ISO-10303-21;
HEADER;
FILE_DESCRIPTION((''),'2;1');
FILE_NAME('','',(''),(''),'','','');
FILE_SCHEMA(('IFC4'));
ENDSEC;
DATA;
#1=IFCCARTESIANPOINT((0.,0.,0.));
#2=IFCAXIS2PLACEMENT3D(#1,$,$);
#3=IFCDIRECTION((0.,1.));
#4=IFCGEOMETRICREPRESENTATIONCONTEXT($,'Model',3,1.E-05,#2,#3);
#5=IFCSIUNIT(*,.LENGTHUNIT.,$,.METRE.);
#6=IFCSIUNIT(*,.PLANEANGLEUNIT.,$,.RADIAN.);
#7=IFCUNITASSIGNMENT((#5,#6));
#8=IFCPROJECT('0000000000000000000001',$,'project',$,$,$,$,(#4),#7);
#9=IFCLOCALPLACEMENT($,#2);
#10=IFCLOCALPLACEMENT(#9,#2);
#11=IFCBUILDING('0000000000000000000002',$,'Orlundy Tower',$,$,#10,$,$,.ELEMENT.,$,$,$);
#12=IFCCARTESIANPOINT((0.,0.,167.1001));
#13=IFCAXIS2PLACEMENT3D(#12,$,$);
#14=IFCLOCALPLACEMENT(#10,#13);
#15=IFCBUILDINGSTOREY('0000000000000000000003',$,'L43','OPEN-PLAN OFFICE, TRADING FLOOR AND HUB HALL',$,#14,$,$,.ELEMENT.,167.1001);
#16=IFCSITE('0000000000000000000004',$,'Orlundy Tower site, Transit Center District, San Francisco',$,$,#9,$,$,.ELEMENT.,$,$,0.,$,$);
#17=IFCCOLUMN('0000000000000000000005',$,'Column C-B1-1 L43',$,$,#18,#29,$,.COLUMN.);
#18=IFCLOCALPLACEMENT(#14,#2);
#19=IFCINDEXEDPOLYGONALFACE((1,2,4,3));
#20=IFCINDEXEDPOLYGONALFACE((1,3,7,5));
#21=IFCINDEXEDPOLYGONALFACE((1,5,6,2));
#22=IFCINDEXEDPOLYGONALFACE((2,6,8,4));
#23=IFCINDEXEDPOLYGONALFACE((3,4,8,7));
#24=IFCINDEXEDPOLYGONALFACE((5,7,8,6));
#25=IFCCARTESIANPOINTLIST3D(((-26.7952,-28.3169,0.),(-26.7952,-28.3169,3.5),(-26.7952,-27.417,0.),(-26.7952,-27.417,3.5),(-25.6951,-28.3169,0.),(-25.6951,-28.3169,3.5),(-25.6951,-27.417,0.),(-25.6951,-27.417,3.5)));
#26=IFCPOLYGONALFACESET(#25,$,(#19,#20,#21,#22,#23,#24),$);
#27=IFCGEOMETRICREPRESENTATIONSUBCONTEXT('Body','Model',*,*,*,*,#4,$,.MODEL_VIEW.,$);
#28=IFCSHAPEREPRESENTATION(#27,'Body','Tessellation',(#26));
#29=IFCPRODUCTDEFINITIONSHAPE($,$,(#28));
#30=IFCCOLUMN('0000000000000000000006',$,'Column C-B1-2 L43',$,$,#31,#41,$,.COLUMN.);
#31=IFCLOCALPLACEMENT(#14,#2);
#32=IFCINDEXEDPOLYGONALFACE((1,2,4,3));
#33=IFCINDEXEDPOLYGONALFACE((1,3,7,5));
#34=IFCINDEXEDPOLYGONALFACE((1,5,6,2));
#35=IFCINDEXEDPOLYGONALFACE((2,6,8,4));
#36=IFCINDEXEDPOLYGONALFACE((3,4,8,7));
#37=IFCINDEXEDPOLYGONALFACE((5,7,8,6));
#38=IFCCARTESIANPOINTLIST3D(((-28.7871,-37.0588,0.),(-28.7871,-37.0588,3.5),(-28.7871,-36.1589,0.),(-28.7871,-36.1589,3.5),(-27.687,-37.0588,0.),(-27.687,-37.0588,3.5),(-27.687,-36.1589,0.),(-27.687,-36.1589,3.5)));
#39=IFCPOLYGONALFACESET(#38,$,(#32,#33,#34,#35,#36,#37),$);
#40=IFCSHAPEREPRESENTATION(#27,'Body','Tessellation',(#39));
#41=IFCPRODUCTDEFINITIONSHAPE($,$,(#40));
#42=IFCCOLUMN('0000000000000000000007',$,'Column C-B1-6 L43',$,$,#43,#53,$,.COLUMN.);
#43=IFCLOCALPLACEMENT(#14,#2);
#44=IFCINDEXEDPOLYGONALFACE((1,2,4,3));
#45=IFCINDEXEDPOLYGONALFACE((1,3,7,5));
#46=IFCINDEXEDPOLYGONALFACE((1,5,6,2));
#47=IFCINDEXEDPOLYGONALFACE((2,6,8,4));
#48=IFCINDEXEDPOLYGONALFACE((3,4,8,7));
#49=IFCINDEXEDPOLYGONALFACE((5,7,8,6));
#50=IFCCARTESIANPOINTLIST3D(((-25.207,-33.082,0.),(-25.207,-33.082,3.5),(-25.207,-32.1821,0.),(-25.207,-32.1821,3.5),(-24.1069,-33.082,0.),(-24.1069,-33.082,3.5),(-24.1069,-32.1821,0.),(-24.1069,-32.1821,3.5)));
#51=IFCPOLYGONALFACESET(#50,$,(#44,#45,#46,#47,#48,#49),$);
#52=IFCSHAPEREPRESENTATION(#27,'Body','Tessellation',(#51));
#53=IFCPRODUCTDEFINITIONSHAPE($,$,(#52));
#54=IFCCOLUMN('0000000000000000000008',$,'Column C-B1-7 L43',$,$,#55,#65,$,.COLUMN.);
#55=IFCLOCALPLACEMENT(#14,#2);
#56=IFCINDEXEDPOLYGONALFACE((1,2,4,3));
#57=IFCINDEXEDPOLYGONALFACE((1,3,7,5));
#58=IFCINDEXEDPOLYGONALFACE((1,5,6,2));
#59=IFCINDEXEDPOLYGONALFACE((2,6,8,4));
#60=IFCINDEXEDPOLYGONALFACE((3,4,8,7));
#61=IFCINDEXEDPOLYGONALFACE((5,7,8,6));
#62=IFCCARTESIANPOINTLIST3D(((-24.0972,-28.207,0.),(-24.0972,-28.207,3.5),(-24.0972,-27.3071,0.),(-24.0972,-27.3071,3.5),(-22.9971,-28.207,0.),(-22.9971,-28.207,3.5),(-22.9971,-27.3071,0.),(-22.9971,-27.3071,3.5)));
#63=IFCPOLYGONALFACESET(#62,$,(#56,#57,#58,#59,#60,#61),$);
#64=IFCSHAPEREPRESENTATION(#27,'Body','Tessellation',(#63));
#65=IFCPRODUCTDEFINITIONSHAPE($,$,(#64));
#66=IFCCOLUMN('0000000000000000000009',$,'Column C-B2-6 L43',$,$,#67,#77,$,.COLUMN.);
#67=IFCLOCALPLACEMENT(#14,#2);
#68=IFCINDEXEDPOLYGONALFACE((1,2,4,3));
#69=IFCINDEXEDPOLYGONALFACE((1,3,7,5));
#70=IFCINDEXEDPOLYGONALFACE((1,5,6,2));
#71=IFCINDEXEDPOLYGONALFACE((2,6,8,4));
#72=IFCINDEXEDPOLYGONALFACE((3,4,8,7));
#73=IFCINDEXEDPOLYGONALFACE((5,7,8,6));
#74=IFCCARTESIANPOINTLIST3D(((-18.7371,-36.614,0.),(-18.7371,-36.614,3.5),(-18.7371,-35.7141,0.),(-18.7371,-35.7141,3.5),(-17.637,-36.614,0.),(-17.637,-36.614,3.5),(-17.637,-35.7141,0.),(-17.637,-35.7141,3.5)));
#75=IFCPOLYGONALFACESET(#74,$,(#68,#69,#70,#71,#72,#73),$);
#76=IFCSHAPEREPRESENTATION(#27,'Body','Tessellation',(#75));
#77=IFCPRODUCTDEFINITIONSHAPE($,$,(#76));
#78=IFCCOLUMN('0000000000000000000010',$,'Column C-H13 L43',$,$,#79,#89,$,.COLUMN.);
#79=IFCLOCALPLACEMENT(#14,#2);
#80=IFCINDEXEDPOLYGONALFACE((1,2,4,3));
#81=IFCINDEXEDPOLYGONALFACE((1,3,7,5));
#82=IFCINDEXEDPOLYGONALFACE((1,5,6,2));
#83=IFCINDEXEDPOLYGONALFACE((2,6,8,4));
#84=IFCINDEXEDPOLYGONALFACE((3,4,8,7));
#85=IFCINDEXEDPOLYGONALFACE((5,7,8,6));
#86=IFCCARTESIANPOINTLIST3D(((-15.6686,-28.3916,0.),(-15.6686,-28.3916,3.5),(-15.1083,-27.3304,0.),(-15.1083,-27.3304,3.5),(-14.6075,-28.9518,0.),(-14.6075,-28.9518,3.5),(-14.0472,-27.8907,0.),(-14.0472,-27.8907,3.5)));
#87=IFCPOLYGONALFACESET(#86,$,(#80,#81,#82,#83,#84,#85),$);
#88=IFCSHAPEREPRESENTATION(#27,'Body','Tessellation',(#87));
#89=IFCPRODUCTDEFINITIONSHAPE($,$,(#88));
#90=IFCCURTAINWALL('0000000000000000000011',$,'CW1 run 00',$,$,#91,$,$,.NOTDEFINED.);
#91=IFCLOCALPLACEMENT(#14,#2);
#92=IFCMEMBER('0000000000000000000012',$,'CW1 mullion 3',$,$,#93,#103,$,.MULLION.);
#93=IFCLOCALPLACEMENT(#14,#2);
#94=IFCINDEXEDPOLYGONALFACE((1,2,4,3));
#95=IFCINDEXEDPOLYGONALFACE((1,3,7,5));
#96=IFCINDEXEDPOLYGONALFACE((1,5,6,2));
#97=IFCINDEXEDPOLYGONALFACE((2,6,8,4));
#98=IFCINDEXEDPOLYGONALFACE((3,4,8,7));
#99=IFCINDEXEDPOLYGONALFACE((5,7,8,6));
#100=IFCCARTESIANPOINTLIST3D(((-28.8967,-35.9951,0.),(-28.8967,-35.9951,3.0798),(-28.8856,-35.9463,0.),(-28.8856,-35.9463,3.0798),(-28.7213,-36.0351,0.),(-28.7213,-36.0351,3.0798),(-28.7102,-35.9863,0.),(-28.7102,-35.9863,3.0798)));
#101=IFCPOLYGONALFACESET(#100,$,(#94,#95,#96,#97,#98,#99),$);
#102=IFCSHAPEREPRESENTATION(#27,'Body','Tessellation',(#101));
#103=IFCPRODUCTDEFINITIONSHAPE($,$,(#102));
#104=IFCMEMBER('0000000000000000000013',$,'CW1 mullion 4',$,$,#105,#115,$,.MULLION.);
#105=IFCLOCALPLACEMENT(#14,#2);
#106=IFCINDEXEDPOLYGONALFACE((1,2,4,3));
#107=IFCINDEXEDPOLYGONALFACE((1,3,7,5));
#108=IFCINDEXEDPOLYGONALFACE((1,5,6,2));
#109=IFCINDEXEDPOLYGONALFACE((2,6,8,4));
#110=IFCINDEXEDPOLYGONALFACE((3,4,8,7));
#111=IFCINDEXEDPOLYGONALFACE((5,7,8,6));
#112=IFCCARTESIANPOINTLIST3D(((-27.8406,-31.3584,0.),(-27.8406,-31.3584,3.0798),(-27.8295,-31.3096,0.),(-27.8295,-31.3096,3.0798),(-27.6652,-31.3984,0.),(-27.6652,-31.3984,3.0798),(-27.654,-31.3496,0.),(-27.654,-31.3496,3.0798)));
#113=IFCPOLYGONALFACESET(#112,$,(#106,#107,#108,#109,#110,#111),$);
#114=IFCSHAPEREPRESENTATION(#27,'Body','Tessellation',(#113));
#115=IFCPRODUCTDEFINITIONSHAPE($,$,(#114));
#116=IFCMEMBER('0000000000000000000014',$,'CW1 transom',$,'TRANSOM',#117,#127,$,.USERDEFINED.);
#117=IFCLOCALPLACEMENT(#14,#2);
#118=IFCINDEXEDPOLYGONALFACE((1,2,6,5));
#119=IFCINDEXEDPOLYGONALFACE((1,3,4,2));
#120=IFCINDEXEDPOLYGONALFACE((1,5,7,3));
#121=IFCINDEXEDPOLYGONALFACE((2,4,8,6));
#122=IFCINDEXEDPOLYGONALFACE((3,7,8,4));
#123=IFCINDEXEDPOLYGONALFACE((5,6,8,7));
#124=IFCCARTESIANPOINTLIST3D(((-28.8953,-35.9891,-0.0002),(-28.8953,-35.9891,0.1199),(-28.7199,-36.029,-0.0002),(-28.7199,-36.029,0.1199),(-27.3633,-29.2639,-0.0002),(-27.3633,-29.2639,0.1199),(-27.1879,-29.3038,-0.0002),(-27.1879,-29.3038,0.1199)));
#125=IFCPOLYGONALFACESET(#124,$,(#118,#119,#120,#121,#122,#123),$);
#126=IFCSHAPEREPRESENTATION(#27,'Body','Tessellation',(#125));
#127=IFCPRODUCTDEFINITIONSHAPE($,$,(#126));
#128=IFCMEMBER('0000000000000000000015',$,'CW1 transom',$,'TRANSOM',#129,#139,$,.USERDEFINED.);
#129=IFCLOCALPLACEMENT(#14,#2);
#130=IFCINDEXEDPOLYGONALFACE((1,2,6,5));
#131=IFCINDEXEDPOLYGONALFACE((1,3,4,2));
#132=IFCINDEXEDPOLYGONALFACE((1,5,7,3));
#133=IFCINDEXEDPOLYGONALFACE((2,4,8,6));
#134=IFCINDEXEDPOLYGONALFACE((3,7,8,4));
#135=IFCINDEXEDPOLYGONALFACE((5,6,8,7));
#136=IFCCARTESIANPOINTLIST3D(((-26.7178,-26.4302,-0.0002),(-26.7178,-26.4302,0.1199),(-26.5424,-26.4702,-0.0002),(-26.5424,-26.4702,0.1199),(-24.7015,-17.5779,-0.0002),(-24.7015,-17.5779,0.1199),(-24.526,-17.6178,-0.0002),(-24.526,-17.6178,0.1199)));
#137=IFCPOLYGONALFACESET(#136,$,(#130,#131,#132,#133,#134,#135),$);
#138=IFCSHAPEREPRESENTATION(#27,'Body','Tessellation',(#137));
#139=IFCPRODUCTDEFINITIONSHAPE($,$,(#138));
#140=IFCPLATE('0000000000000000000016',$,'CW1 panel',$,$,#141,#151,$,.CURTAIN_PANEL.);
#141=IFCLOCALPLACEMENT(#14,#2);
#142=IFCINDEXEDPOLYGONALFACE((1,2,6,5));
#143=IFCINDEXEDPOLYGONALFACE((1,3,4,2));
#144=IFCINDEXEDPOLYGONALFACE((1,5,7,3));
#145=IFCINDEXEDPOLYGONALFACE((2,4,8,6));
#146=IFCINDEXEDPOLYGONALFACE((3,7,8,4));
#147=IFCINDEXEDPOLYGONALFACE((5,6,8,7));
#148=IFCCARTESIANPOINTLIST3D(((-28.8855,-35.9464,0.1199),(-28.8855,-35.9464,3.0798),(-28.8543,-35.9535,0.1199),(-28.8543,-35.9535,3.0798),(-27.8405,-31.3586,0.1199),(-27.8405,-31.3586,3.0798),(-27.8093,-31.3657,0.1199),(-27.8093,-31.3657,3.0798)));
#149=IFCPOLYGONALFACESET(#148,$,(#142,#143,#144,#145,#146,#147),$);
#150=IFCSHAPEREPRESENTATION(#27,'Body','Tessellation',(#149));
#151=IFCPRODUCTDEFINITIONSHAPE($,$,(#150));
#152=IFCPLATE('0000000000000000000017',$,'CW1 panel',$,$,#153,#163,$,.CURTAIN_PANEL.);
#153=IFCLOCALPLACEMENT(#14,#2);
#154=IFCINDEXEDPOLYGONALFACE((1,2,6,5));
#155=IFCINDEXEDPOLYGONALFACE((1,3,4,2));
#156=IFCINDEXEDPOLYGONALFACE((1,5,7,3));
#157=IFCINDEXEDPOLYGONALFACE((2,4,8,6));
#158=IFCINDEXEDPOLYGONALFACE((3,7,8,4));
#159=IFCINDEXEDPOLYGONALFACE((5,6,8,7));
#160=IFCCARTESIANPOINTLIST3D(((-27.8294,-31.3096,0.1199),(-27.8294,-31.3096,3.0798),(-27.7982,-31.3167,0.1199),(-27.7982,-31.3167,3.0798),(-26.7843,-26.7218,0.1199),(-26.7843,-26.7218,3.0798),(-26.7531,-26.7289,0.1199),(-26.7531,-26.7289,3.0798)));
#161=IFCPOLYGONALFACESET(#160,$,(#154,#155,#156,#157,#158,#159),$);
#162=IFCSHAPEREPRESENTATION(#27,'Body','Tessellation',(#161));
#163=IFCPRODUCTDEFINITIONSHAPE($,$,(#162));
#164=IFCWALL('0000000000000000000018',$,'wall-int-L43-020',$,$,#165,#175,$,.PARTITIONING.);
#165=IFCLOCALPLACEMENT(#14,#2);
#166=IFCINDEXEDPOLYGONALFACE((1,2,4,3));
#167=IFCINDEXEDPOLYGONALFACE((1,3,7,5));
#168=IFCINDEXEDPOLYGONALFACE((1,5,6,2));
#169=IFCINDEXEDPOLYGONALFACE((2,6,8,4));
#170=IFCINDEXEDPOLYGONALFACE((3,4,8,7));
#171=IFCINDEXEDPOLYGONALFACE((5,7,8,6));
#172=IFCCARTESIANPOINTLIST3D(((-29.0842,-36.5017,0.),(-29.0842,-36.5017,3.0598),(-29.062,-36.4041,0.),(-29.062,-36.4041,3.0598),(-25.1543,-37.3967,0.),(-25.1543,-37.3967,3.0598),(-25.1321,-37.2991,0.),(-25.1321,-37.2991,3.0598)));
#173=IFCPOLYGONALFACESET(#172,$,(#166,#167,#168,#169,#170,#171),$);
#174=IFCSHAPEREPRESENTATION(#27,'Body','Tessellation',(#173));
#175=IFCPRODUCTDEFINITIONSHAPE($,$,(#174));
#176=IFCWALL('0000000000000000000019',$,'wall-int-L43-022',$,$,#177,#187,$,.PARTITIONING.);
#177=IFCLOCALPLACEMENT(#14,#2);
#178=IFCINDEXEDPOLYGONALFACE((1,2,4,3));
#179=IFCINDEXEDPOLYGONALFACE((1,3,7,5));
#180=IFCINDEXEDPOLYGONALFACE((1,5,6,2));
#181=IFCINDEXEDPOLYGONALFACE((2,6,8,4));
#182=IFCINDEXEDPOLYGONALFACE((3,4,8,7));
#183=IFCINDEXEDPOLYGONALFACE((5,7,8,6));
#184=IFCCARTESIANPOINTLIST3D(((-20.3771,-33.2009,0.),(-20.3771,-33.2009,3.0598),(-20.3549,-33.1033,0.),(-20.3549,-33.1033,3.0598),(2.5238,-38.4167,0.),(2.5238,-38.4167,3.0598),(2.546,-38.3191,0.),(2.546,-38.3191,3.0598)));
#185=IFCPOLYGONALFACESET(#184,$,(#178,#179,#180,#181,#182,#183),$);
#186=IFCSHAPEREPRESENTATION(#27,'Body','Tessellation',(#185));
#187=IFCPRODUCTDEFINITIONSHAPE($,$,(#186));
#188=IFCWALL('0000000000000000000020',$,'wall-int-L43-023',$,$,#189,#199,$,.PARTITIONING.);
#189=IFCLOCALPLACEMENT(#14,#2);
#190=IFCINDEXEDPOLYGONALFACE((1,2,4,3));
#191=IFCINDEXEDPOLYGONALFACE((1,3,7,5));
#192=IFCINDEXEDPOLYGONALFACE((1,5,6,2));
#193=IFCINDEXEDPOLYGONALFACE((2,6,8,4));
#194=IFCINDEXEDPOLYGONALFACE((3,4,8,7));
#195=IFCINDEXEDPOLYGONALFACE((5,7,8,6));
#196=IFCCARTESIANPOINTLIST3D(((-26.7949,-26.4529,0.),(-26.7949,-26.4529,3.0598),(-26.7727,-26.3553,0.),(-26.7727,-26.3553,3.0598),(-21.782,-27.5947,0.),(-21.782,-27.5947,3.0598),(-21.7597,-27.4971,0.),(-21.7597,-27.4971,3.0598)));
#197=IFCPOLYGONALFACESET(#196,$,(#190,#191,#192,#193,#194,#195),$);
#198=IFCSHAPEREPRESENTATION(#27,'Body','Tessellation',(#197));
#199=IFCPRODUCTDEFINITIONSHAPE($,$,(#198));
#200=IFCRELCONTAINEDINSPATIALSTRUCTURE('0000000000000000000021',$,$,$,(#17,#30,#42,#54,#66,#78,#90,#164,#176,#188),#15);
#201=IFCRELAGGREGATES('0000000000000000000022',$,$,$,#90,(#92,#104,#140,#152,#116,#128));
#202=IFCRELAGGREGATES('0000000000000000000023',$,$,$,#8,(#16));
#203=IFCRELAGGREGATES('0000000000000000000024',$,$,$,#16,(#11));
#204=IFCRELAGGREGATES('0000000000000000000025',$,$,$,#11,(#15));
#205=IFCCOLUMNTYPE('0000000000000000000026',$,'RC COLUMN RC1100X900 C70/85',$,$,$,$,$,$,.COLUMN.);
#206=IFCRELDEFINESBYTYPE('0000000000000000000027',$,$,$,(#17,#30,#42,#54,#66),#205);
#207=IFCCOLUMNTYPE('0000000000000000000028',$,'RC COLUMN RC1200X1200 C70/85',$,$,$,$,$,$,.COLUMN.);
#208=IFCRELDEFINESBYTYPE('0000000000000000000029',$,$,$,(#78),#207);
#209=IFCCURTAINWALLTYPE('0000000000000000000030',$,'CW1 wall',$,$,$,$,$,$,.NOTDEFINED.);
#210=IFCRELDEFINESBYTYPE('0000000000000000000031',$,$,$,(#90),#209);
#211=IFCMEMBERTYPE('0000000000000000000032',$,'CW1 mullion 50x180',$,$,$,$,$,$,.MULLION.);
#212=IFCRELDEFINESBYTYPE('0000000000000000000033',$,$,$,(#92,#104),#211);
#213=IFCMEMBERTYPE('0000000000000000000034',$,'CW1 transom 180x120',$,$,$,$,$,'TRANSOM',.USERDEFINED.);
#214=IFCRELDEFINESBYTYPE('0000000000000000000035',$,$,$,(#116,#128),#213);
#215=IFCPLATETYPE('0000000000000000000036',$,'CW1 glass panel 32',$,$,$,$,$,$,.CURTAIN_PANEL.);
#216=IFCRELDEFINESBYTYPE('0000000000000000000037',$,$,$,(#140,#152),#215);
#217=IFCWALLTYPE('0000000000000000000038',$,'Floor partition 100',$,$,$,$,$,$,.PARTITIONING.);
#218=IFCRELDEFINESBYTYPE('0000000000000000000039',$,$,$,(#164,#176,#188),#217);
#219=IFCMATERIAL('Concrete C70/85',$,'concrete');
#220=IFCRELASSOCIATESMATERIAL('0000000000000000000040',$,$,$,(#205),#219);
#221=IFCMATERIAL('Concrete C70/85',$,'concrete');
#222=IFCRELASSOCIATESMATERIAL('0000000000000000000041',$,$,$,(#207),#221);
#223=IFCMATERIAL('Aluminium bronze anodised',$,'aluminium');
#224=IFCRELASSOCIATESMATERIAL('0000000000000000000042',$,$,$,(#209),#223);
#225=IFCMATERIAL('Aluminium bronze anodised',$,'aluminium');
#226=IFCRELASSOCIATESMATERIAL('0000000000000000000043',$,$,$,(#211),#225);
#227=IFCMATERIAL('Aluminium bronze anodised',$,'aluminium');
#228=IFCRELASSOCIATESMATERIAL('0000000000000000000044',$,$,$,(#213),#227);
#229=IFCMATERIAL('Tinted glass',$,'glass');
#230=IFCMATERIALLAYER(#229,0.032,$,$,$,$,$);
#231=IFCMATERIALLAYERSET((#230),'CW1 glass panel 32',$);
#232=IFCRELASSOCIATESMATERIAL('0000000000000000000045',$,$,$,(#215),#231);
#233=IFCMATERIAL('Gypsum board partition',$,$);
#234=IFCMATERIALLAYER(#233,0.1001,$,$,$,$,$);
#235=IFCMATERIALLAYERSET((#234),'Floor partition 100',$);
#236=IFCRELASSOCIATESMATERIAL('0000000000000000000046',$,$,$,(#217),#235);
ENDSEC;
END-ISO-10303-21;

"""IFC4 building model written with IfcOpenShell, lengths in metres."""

from ifc_helpers import new_model, si_unit, direction, frame, frame_2d, origin, origin_2d, place, context, subcontext, project, spatial, rectangle, extrude, material, layer, layer_set, material_profile, profile_set, type_object, element, aggregate, save


model = new_model("IFC4")

# Units and contexts
model_context = context("Model", 3, precision=1e-05, world=origin(), true_north=direction((0.0, 1.0)))
body_context = subcontext(model_context, "Body", "Model", "MODEL_VIEW")
ifc_project = project(units=[si_unit("LENGTHUNIT", "METRE"), si_unit("PLANEANGLEUNIT", "RADIAN")], contexts=[model_context])

# Site, building, storey
site_placement = place(None, origin())
site = spatial("IfcSite", under=ifc_project, at=site_placement, Name="Orlundy Tower site, Transit Center District, San Francisco", CompositionType="ELEMENT", RefElevation=0.0)
building_placement = place(site_placement, origin())
building = spatial("IfcBuilding", under=site, at=building_placement, Name="Orlundy Tower", CompositionType="ELEMENT")
storey_placement = place(building_placement, frame((0.0, 0.0, 167.1001)))
storey = spatial("IfcBuildingStorey", under=building, at=storey_placement, Name="L43", Description="OPEN-PLAN OFFICE, TRADING FLOOR AND HUB HALL", CompositionType="ELEMENT", Elevation=167.1001)

# Columns
ifc_material_1 = material(Name="Concrete C70/85", Category="concrete")
ifc_material_profile_1 = material_profile(ifc_material_1, rectangle(XDim=1.1001, YDim=0.8999, at=origin_2d()), Name="RC1100X900")
ifc_profile_set_1 = profile_set([ifc_material_profile_1], Name="Concrete C70/85")
column_type_1 = type_object("IfcColumnType", Name="RC COLUMN RC1100X900 C70/85", PredefinedType="COLUMN", material=ifc_profile_set_1)
for number, where, z_axis, x_axis, name in (
    (1, (-26.2451, -27.8669, 0.0), (0.0, 0.0, 1.0), (1.0, 0.0, 0.0), "Column C-B1-1 L43"),
    (2, (-28.2371, -36.6089, 0.0), (0.0, 0.0, 1.0), (1.0, 0.0, 0.0), "Column C-B1-2 L43"),
    (3, (-24.657, -32.6321, 0.0), (0.0, 0.0, 1.0), (1.0, 0.0, 0.0), "Column C-B1-6 L43"),
    (4, (-23.5471, -27.7571, 0.0), (0.0, 0.0, 1.0), (1.0, 0.0, 0.0), "Column C-B1-7 L43"),
    (5, (-18.187, -36.1641, 0.0), (0.0, 0.0, 1.0), (1.0, 0.0, 0.0), "Column C-B2-6 L43"),
):
    element("IfcColumn", number, at=place(storey_placement, frame(where, z_axis=z_axis, x_axis=x_axis)), inside=storey, type_object=column_type_1, Name=name, PredefinedType="COLUMN", context=body_context, shape_type="SweptSolid", body=[
        extrude(rectangle(XDim=1.1001, YDim=0.8999, at=origin_2d()), origin(), (0.0, 0.0, 1.0), 3.5),
    ])
ifc_material_2 = material(Name="Concrete C70/85", Category="concrete")
ifc_material_profile_2 = material_profile(ifc_material_2, rectangle(XDim=1.2, YDim=1.2, at=origin_2d()), Name="RC1200X1200")
ifc_profile_set_2 = profile_set([ifc_material_profile_2], Name="Concrete C70/85")
column_type_2 = type_object("IfcColumnType", Name="RC COLUMN RC1200X1200 C70/85", PredefinedType="COLUMN", material=ifc_profile_set_2)
column_placement = place(storey_placement, frame((-14.8579, -28.1411, 0.0), z_axis=(0.0, 0.0, 1.0), x_axis=(-0.466896, -0.884312, 0.0)))
element("IfcColumn", 6, at=column_placement, inside=storey, type_object=column_type_2, Name="Column C-H13 L43", PredefinedType="COLUMN", context=body_context, shape_type="SweptSolid", body=[
    extrude(rectangle(XDim=1.2, YDim=1.2, at=origin_2d()), origin(), (0.0, 0.0, 1.0), 3.5),
])

# Curtain wall, members, plates
ifc_material_3 = material(Name="Aluminium bronze anodised", Category="aluminium")
curtain_wall_type = type_object("IfcCurtainWallType", Name="CW1 wall", PredefinedType="NOTDEFINED", material=ifc_material_3)
curtain_wall_placement = place(storey_placement, origin())
curtain_wall = element("IfcCurtainWall", 7, at=curtain_wall_placement, inside=storey, type_object=curtain_wall_type, Name="CW1 run 00", PredefinedType="NOTDEFINED")
ifc_material_4 = material(Name="Aluminium bronze anodised", Category="aluminium")
ifc_material_profile_3 = material_profile(ifc_material_4, rectangle(XDim=0.1799, YDim=0.05, at=origin_2d()), Name="CW1 mullion 50x180")
ifc_profile_set_3 = profile_set([ifc_material_profile_3], Name="Aluminium bronze anodised")
member_type_1 = type_object("IfcMemberType", Name="CW1 mullion 50x180", PredefinedType="MULLION", material=ifc_profile_set_3)
member_1_placement = place(storey_placement, frame((-28.8035, -35.9907, 0.0), z_axis=(0.0, 0.0, 1.0), x_axis=(-0.975025, 0.222097, 0.0)))
member_1 = element("IfcMember", 8, at=member_1_placement, type_object=member_type_1, Name="CW1 mullion 3", PredefinedType="MULLION", context=body_context, shape_type="SweptSolid", body=[
    extrude(rectangle(XDim=0.1799, YDim=0.05, at=origin_2d()), origin(), (0.0, 0.0, 1.0), 3.0798),
])
member_2_placement = place(storey_placement, frame((-27.7473, -31.354, 0.0), z_axis=(0.0, 0.0, 1.0), x_axis=(-0.975025, 0.222097, 0.0)))
member_2 = element("IfcMember", 9, at=member_2_placement, type_object=member_type_1, Name="CW1 mullion 4", PredefinedType="MULLION", context=body_context, shape_type="SweptSolid", body=[
    extrude(rectangle(XDim=0.1799, YDim=0.05, at=origin_2d()), origin(), (0.0, 0.0, 1.0), 3.0798),
])
ifc_material_5 = material(Name="Aluminium bronze anodised", Category="aluminium")
ifc_material_profile_4 = material_profile(ifc_material_5, rectangle(XDim=0.1799, YDim=0.1201, at=origin_2d()), Name="CW1 transom 180x120")
ifc_profile_set_4 = profile_set([ifc_material_profile_4], Name="Aluminium bronze anodised")
member_type_2 = type_object("IfcMemberType", Name="CW1 transom 180x120", ElementType="TRANSOM", PredefinedType="USERDEFINED", material=ifc_profile_set_4)
member_3_placement = place(storey_placement, frame((-28.8076, -36.009, 0.0598), z_axis=(0.222111, 0.975021, 0.0), x_axis=(-0.975021, 0.222111, 0.0)))
member_3 = element("IfcMember", 10, at=member_3_placement, type_object=member_type_2, Name="CW1 transom", ObjectType="TRANSOM", PredefinedType="USERDEFINED", context=body_context, shape_type="SweptSolid", body=[
    extrude(rectangle(XDim=0.1799, YDim=0.1201, at=origin_2d()), origin(), (0.0, 0.0, 1.0), 6.8975),
])
member_4_placement = place(storey_placement, frame((-26.6301, -26.4502, 0.0598), z_axis=(0.222089, 0.975026, 0.0), x_axis=(-0.975026, 0.222089, 0.0)))
member_4 = element("IfcMember", 11, at=member_4_placement, type_object=member_type_2, Name="CW1 transom", ObjectType="TRANSOM", PredefinedType="USERDEFINED", context=body_context, shape_type="SweptSolid", body=[
    extrude(rectangle(XDim=0.1799, YDim=0.1201, at=origin_2d()), origin(), (0.0, 0.0, 1.0), 9.0791),
])
ifc_material_6 = material(Name="Tinted glass", Category="glass")
ifc_layer_1 = layer(ifc_material_6, 0.032)
ifc_layer_set_1 = layer_set([ifc_layer_1], Name="CW1 glass panel 32")
plate_type = type_object("IfcPlateType", Name="CW1 glass panel 32", PredefinedType="CURTAIN_PANEL", material=ifc_layer_set_1)
plate_1_placement = place(storey_placement, frame((-28.3474, -33.656, 0.1199), z_axis=(0.0, 0.0, 1.0), x_axis=(0.222097, 0.975025, 0.0)))
plate_1 = element("IfcPlate", 12, at=plate_1_placement, type_object=plate_type, Name="CW1 panel", PredefinedType="CURTAIN_PANEL", context=body_context, shape_type="SweptSolid", body=[
    extrude(rectangle(XDim=4.7053, YDim=0.032, at=origin_2d()), origin(), (0.0, 0.0, 1.0), 2.96),
])
plate_2_placement = place(storey_placement, frame((-27.2913, -29.0193, 0.1199), z_axis=(0.0, 0.0, 1.0), x_axis=(0.222097, 0.975025, 0.0)))
plate_2 = element("IfcPlate", 13, at=plate_2_placement, type_object=plate_type, Name="CW1 panel", PredefinedType="CURTAIN_PANEL", context=body_context, shape_type="SweptSolid", body=[
    extrude(rectangle(XDim=4.7053, YDim=0.032, at=origin_2d()), origin(), (0.0, 0.0, 1.0), 2.96),
])
aggregate(curtain_wall, [member_1, member_2, plate_1, plate_2, member_3, member_4])

# Walls
ifc_material_7 = material(Name="Gypsum board partition")
ifc_layer_2 = layer(ifc_material_7, 0.1001)
ifc_layer_set_2 = layer_set([ifc_layer_2], Name="Floor partition 100")
wall_type_1 = type_object("IfcWallType", Name="Floor partition 100", PredefinedType="PARTITIONING", material=ifc_layer_set_2)
wall_1_placement = place(storey_placement, frame((-29.073, -36.4529, 0.0), z_axis=(0.0, 0.0, 1.0), x_axis=(0.975033, -0.222058, 0.0)))
element("IfcWall", 14, at=wall_1_placement, inside=storey, type_object=wall_type_1, Name="wall-int-L43-020", PredefinedType="PARTITIONING", context=body_context, shape_type="SweptSolid", body=[
    extrude(rectangle(XDim=4.0305, YDim=0.1001, at=frame_2d((2.0151, 0.0))), origin(), (0.0, 0.0, 1.0), 3.0598),
])
wall_2_placement = place(storey_placement, frame((-20.366, -33.1521, 0.0), z_axis=(0.0, 0.0, 1.0), x_axis=(0.975031, -0.222069, 0.0)))
element("IfcWall", 15, at=wall_2_placement, inside=storey, type_object=wall_type_1, Name="wall-int-L43-022", PredefinedType="PARTITIONING", context=body_context, shape_type="SweptSolid", body=[
    extrude(rectangle(XDim=23.4873, YDim=0.1001, at=frame_2d((11.7437, 0.0))), origin(), (0.0, 0.0, 1.0), 3.0598),
])
wall_3_placement = place(storey_placement, frame((-26.7839, -26.4041, 0.0), z_axis=(0.0, 0.0, 1.0), x_axis=(0.975026, -0.222091, 0.0)))
element("IfcWall", 16, at=wall_3_placement, inside=storey, type_object=wall_type_1, Name="wall-int-L43-023", PredefinedType="PARTITIONING", context=body_context, shape_type="SweptSolid", body=[
    extrude(rectangle(XDim=5.1414, YDim=0.1001, at=frame_2d((2.5708, 0.0))), origin(), (0.0, 0.0, 1.0), 3.0598),
])

save(model, "model.ifc")
